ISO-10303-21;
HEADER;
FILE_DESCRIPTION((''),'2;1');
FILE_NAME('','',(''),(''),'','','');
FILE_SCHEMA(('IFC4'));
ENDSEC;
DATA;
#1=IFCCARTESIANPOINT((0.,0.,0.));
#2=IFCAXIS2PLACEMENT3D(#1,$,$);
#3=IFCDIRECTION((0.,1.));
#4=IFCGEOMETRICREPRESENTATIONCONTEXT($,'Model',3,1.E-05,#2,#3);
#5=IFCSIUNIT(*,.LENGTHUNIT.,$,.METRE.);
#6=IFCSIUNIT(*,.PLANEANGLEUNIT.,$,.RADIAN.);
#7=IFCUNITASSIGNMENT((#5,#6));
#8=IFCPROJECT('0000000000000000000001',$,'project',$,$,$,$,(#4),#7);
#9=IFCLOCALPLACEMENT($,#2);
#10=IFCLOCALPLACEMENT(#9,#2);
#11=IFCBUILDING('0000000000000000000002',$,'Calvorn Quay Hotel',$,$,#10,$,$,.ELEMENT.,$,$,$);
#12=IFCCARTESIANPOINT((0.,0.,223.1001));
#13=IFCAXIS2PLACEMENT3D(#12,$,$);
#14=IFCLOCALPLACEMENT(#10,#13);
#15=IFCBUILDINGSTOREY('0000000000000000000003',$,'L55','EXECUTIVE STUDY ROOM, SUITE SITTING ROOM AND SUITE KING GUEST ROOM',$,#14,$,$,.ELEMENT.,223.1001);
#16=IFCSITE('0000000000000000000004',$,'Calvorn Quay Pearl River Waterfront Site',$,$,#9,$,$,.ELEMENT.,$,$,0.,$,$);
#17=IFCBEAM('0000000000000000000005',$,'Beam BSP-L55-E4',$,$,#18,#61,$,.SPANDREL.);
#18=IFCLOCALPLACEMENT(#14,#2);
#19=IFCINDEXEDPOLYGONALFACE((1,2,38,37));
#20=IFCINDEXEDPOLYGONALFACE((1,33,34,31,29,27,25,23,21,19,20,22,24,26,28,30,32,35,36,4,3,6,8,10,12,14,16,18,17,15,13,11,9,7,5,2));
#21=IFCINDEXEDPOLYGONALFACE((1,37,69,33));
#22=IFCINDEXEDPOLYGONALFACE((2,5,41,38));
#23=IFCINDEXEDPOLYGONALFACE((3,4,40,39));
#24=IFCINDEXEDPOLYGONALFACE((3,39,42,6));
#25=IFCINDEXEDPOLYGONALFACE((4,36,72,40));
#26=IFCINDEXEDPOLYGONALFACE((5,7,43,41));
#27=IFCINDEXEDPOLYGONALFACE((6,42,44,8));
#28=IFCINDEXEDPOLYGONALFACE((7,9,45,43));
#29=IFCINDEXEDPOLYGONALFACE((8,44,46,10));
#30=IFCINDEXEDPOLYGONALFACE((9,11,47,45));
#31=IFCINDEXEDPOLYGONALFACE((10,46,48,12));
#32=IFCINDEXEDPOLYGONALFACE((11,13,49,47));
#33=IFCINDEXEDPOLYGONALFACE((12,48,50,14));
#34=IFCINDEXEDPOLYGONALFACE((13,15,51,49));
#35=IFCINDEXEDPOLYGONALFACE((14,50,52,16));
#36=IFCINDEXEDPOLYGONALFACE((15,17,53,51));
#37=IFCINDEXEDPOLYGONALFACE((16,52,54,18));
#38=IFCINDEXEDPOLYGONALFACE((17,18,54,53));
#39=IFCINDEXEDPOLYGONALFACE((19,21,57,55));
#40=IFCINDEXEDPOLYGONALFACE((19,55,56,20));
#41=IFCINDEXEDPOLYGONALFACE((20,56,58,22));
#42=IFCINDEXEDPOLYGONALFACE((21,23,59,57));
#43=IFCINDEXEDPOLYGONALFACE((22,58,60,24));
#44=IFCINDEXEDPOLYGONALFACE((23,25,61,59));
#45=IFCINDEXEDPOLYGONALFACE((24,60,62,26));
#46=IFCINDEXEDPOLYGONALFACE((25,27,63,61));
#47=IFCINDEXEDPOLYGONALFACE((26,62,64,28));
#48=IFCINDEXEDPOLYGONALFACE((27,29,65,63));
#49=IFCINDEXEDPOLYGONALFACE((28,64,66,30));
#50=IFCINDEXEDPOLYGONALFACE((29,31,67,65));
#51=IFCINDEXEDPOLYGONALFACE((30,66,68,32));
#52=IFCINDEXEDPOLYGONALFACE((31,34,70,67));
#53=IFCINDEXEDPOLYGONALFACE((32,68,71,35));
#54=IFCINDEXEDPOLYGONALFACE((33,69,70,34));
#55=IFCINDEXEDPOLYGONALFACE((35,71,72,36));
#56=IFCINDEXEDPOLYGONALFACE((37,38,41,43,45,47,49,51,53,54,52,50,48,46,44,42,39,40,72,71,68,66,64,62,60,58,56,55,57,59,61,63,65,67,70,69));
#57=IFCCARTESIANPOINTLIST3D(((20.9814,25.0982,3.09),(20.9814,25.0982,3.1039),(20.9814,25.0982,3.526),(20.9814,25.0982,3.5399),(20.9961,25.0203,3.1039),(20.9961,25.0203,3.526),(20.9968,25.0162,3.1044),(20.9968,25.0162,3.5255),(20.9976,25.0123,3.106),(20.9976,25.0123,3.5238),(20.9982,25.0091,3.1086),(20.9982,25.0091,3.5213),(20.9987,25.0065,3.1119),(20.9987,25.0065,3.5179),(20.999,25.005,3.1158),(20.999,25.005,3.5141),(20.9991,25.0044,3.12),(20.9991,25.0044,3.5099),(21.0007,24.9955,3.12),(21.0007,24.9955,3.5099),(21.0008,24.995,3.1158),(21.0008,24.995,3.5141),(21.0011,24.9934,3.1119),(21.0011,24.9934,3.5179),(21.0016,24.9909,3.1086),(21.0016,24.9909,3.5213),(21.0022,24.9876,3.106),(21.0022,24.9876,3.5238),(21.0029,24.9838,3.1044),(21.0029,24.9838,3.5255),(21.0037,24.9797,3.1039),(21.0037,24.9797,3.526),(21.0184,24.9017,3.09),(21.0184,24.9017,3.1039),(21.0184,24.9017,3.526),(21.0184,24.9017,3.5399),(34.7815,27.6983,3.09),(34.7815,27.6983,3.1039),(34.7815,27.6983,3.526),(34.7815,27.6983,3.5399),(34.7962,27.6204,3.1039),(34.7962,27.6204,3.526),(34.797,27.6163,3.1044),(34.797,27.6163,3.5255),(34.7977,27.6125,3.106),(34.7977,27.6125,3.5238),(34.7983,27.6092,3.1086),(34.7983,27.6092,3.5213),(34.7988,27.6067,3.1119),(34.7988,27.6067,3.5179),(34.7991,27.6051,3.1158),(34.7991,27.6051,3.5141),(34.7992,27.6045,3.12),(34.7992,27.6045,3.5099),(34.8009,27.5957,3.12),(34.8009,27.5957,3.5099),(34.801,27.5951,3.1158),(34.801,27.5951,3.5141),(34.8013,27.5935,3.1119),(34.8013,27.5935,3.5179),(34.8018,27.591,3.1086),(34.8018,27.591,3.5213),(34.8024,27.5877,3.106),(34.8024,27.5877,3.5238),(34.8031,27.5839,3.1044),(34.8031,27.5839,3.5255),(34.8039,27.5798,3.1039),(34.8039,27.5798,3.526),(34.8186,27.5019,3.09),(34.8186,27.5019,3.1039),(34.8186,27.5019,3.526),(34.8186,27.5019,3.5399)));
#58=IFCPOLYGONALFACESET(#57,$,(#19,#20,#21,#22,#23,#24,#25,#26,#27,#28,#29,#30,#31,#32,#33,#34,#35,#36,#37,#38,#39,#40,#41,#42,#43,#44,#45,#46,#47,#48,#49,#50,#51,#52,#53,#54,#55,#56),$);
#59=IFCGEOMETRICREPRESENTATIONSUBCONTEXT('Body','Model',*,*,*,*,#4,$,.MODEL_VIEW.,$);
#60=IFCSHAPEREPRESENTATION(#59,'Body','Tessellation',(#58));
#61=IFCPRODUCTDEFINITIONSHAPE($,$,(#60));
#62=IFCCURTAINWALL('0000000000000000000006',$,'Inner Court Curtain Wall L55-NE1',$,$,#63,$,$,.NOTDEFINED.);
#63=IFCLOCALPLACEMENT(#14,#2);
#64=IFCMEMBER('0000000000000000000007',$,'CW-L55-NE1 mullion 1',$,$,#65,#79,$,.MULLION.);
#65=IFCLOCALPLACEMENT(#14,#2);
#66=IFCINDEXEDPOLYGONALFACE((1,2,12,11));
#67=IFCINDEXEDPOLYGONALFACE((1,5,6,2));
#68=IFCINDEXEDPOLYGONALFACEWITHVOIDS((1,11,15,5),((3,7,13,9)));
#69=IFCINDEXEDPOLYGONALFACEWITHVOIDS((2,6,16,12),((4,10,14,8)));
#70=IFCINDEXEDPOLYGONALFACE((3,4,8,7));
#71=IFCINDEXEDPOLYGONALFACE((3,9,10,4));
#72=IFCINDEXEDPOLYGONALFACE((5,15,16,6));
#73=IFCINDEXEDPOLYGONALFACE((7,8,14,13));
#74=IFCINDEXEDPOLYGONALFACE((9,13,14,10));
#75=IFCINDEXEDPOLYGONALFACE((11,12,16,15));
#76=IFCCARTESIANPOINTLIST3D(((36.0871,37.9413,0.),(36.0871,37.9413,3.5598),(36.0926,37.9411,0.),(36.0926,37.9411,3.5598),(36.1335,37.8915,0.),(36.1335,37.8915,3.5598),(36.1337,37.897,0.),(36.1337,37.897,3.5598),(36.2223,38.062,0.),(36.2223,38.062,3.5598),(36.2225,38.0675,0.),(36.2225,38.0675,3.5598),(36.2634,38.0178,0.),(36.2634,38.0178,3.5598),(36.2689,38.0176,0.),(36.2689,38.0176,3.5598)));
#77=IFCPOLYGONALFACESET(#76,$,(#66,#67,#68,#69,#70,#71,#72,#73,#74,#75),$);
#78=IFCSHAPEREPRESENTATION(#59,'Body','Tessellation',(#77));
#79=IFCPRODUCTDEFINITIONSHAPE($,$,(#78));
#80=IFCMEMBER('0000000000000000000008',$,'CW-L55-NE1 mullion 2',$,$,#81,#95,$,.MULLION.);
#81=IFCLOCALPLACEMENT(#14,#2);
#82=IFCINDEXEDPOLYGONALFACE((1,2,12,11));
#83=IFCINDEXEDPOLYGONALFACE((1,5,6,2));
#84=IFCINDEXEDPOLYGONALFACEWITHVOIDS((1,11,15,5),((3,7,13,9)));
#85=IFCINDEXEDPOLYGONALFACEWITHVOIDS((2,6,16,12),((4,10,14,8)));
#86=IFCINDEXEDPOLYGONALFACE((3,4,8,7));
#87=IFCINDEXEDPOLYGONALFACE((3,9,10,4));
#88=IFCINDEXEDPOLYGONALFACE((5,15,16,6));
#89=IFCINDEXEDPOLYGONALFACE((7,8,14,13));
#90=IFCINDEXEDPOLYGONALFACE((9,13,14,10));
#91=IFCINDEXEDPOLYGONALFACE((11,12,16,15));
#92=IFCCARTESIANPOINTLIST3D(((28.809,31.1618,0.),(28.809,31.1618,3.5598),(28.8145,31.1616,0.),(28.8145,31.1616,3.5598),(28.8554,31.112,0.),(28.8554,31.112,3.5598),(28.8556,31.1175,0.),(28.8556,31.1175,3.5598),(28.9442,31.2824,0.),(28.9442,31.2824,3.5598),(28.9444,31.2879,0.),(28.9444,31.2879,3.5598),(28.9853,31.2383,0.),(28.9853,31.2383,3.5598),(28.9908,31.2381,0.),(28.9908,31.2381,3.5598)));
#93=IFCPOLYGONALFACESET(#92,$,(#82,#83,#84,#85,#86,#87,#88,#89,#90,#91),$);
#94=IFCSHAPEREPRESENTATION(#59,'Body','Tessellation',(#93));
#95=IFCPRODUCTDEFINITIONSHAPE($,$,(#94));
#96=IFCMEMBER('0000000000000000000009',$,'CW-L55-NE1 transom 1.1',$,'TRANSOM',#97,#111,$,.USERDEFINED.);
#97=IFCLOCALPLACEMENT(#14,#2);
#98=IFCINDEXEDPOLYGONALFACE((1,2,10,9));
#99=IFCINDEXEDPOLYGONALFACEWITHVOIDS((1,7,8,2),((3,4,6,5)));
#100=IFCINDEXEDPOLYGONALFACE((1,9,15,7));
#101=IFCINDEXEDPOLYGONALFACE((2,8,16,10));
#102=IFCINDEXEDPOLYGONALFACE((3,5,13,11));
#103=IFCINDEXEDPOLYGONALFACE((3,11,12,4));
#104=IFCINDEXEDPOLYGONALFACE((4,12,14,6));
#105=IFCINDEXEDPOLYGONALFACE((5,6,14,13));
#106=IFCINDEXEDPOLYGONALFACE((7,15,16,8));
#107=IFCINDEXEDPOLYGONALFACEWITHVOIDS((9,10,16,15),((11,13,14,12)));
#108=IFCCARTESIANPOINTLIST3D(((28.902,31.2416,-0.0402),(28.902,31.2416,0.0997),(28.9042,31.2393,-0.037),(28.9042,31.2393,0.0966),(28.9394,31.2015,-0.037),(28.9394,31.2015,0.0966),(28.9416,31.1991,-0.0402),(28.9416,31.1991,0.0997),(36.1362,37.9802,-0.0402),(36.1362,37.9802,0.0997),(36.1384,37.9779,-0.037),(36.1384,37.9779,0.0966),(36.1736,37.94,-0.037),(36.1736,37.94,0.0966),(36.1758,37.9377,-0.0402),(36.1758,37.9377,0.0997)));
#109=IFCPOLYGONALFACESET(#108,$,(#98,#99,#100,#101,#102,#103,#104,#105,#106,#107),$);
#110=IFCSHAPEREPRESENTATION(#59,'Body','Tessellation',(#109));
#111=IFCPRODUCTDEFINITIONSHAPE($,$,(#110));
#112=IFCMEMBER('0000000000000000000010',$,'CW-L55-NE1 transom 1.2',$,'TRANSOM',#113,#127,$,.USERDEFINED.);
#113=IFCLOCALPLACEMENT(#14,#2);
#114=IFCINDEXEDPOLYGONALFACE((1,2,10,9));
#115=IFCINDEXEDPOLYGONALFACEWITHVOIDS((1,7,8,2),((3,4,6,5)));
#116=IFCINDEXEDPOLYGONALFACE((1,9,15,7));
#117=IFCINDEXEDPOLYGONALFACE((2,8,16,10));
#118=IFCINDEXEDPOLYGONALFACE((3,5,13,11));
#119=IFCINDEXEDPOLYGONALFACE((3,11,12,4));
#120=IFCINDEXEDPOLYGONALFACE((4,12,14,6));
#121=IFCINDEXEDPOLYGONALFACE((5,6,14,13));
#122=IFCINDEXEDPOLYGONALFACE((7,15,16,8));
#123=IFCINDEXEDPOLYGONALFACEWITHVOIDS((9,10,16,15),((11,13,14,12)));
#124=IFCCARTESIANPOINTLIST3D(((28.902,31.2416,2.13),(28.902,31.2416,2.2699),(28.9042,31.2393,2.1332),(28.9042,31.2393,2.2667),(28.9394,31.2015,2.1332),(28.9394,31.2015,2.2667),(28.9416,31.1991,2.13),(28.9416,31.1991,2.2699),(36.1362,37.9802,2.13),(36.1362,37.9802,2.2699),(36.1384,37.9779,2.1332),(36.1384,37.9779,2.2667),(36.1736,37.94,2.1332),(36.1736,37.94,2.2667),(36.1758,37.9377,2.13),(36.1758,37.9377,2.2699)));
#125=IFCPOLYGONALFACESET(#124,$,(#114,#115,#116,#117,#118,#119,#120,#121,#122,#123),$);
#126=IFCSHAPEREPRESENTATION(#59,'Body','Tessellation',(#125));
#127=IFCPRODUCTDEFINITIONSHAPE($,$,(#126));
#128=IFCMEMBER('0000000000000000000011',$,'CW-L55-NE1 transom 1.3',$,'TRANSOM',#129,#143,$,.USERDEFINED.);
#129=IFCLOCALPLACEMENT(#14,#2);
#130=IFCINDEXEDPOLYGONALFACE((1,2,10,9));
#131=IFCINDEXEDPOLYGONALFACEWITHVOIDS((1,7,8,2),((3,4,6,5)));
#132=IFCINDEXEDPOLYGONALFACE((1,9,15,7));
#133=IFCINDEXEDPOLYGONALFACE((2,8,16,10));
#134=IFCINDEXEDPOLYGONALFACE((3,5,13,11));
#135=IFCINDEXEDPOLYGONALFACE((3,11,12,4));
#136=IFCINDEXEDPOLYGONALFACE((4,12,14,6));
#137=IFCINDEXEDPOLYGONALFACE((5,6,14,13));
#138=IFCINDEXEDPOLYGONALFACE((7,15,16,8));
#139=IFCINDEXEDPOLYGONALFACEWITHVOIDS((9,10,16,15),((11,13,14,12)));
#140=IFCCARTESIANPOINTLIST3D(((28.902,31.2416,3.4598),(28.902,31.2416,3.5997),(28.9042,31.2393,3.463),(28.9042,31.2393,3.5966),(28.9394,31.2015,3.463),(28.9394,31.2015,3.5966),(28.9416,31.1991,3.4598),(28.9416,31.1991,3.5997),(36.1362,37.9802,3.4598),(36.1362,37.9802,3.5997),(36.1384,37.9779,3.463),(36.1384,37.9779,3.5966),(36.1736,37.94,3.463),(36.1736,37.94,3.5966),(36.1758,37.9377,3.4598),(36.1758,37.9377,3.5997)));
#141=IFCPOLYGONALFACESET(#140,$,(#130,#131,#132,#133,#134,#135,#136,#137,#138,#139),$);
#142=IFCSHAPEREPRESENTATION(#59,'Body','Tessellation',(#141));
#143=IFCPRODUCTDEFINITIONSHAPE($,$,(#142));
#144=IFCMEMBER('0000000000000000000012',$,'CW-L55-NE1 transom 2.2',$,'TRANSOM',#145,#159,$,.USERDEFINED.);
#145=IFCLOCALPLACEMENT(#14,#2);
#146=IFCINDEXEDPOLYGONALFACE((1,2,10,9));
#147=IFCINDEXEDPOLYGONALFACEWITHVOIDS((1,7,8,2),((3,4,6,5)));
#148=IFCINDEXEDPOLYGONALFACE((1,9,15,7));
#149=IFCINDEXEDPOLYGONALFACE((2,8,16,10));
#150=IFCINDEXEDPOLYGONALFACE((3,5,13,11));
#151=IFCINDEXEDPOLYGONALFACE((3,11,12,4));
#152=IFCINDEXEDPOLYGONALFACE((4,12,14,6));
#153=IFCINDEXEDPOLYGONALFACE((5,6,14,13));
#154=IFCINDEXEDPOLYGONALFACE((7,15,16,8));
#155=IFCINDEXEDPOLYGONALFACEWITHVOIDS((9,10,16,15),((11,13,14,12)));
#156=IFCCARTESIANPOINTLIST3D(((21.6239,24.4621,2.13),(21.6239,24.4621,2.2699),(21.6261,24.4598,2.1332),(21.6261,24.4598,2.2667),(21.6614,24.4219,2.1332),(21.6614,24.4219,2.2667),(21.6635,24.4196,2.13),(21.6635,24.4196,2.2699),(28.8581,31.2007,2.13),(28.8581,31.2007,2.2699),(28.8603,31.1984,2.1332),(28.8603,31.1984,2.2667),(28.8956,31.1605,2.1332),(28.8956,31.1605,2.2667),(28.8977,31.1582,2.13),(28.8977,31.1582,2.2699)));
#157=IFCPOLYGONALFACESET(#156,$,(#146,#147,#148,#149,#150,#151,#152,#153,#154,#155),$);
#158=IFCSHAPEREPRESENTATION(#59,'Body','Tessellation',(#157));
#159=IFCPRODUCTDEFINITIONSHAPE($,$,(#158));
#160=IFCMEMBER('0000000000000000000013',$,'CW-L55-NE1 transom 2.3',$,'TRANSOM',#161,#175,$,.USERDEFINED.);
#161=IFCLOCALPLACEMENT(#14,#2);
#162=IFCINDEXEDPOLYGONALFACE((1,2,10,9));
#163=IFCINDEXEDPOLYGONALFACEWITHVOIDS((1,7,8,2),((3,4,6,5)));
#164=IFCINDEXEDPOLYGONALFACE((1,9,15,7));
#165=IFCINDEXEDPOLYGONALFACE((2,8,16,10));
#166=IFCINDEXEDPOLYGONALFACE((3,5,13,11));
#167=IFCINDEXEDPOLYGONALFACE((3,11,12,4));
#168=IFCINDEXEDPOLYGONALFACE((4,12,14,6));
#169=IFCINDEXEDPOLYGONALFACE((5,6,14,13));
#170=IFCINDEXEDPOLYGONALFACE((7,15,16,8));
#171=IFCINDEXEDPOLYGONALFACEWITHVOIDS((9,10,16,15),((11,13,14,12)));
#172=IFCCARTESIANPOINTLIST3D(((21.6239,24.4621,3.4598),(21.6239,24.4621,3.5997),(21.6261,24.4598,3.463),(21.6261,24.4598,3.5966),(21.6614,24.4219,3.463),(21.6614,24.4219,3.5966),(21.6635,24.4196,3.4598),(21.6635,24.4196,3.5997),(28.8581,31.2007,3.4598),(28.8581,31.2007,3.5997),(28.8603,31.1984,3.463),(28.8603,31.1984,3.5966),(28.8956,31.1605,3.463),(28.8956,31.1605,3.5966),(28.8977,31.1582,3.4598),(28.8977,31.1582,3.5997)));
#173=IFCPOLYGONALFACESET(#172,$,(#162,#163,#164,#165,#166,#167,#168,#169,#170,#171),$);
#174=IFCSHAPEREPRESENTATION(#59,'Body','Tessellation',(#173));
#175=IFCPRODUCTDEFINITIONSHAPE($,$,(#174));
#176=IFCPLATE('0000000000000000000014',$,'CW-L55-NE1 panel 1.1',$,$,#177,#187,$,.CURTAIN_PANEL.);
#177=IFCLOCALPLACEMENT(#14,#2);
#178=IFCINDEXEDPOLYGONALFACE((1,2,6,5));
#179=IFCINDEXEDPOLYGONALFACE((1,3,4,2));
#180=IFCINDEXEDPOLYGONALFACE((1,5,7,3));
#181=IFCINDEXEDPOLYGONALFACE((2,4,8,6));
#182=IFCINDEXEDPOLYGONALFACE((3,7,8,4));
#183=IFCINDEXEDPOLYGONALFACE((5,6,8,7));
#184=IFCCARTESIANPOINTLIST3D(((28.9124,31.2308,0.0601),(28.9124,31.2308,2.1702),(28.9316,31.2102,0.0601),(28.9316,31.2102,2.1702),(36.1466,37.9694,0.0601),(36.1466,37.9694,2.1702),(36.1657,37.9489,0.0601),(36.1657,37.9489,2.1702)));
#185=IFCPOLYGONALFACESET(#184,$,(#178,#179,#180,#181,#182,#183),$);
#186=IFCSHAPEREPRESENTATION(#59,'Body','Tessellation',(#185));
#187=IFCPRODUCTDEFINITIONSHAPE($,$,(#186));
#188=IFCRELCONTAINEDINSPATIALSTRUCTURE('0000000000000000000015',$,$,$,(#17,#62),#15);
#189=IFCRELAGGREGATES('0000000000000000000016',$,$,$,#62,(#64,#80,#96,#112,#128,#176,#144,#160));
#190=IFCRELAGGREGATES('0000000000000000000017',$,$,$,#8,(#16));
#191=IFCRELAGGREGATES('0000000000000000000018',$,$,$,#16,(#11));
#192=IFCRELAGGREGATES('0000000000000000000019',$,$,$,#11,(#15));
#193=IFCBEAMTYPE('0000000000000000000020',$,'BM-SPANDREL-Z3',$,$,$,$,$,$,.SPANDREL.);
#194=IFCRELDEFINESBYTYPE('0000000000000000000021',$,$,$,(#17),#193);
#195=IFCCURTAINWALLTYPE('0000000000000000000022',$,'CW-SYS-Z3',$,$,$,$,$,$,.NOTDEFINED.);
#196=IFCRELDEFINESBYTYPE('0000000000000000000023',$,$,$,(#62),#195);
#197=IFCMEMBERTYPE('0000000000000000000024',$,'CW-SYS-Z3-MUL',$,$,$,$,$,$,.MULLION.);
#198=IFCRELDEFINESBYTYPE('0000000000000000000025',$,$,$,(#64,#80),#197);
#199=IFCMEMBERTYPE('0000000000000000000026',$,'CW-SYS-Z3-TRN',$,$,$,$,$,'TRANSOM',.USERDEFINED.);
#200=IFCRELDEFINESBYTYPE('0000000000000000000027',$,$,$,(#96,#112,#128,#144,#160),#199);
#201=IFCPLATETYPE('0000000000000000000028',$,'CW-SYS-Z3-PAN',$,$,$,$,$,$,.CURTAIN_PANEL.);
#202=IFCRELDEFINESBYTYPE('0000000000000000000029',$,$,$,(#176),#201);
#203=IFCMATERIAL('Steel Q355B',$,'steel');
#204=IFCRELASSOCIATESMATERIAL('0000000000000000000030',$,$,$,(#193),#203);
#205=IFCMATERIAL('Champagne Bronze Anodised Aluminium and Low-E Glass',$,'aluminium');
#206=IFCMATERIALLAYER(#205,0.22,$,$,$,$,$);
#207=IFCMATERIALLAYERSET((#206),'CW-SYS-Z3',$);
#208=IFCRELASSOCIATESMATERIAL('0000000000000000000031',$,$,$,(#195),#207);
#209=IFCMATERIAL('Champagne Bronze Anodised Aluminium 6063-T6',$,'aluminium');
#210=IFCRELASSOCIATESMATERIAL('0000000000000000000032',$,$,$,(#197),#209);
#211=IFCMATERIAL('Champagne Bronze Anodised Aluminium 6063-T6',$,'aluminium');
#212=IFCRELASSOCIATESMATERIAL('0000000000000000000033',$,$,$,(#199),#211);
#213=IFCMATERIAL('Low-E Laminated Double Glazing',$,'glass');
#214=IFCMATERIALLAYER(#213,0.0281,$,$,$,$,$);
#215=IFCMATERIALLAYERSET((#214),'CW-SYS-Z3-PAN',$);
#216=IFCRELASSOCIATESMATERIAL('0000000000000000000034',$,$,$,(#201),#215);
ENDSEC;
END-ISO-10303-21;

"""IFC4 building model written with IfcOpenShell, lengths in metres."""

from ifc_helpers import new_model, si_unit, direction, frame, origin, origin_2d, place, context, subcontext, project, spatial, rectangle, hollow_rectangle, i_section, extrude, material, layer, layer_set, material_profile, profile_set, type_object, element, aggregate, save


model = new_model("IFC4")

# Units and contexts
model_context = context("Model", 3, precision=1e-05, world=origin(), true_north=direction((0.0, 1.0)))
body_context = subcontext(model_context, "Body", "Model", "MODEL_VIEW")
ifc_project = project(units=[si_unit("LENGTHUNIT", "METRE"), si_unit("PLANEANGLEUNIT", "RADIAN")], contexts=[model_context])

# Site, building, storey
site_placement = place(None, origin())
site = spatial("IfcSite", under=ifc_project, at=site_placement, Name="Calvorn Quay Pearl River Waterfront Site", CompositionType="ELEMENT", RefElevation=0.0)
building_placement = place(site_placement, origin())
building = spatial("IfcBuilding", under=site, at=building_placement, Name="Calvorn Quay Hotel", CompositionType="ELEMENT")
storey_placement = place(building_placement, frame((0.0, 0.0, 223.1001)))
storey = spatial("IfcBuildingStorey", under=building, at=storey_placement, Name="L55", Description="EXECUTIVE STUDY ROOM, SUITE SITTING ROOM AND SUITE KING GUEST ROOM", CompositionType="ELEMENT", Elevation=223.1001)

# Beam
ifc_material_1 = material(Name="Steel Q355B", Category="steel")
ifc_material_profile_1 = material_profile(ifc_material_1, i_section(OverallWidth=0.2, OverallDepth=0.45, WebThickness=0.009, FlangeThickness=0.0139, FilletRadius=0.0161, at=origin_2d()), Name="HN450x200x9x14")
ifc_profile_set_1 = profile_set([ifc_material_profile_1], Name="Steel Q355B")
beam_type = type_object("IfcBeamType", Name="BM-SPANDREL-Z3", PredefinedType="SPANDREL", material=ifc_profile_set_1)
beam_1_placement = place(storey_placement, frame((34.8, 27.6001, 3.3149), z_axis=(-0.982709, -0.185154, 0.0), x_axis=(0.185154, -0.982709, 0.0)))
element("IfcBeam", 1, at=beam_1_placement, inside=storey, type_object=beam_type, Name="Beam BSP-L55-E4", PredefinedType="SPANDREL", context=body_context, shape_type="SweptSolid", body=[
    extrude(i_section(OverallWidth=0.2, OverallDepth=0.45, WebThickness=0.009, FlangeThickness=0.0139, FilletRadius=0.0161, at=origin_2d()), origin(), (0.0, 0.0, 1.0), 14.043),
])

# Curtain wall, members, plate
ifc_material_2 = material(Name="Champagne Bronze Anodised Aluminium and Low-E Glass", Category="aluminium")
ifc_layer_1 = layer(ifc_material_2, 0.22)
ifc_layer_set_1 = layer_set([ifc_layer_1], Name="CW-SYS-Z3")
curtain_wall_type = type_object("IfcCurtainWallType", Name="CW-SYS-Z3", PredefinedType="NOTDEFINED", material=ifc_layer_set_1)
curtain_wall_placement = place(storey_placement, origin())
curtain_wall = element("IfcCurtainWall", 2, at=curtain_wall_placement, inside=storey, type_object=curtain_wall_type, Name="Inner Court Curtain Wall L55-NE1", PredefinedType="NOTDEFINED")
ifc_material_3 = material(Name="Champagne Bronze Anodised Aluminium 6063-T6", Category="aluminium")
ifc_material_profile_2 = material_profile(ifc_material_3, hollow_rectangle(XDim=0.0681, YDim=0.1851, WallThickness=0.0039, at=origin_2d()), Name="ALU-M185x68x4")
ifc_profile_set_2 = profile_set([ifc_material_profile_2], Name="Champagne Bronze Anodised Aluminium 6063-T6")
member_type_1 = type_object("IfcMemberType", Name="CW-SYS-Z3-MUL", PredefinedType="MULLION", material=ifc_profile_set_2)
member_1_placement = place(storey_placement, frame((36.178, 37.9795, 0.0), z_axis=(0.0, 0.0, 1.0), x_axis=(0.681604, -0.731722, 0.0)))
member_1 = element("IfcMember", 3, at=member_1_placement, type_object=member_type_1, Name="CW-L55-NE1 mullion 1", PredefinedType="MULLION", context=body_context, shape_type="SweptSolid", body=[
    extrude(hollow_rectangle(XDim=0.0681, YDim=0.1851, WallThickness=0.0039, at=origin_2d()), origin(), (0.0, 0.0, 1.0), 3.5598),
])
member_2_placement = place(storey_placement, frame((28.8999, 31.2, 0.0), z_axis=(0.0, 0.0, 1.0), x_axis=(0.681604, -0.731722, 0.0)))
member_2 = element("IfcMember", 4, at=member_2_placement, type_object=member_type_1, Name="CW-L55-NE1 mullion 2", PredefinedType="MULLION", context=body_context, shape_type="SweptSolid", body=[
    extrude(hollow_rectangle(XDim=0.0681, YDim=0.1851, WallThickness=0.0039, at=origin_2d()), origin(), (0.0, 0.0, 1.0), 3.5598),
])
ifc_material_4 = material(Name="Champagne Bronze Anodised Aluminium 6063-T6", Category="aluminium")
ifc_material_profile_3 = material_profile(ifc_material_4, hollow_rectangle(XDim=0.0581, YDim=0.1399, WallThickness=0.0032, at=origin_2d()), Name="ALU-T140x58x3.2")
ifc_profile_set_3 = profile_set([ifc_material_profile_3], Name="Champagne Bronze Anodised Aluminium 6063-T6")
member_type_2 = type_object("IfcMemberType", Name="CW-SYS-Z3-TRN", ElementType="TRANSOM", PredefinedType="USERDEFINED", material=ifc_profile_set_3)
member_3_placement = place(storey_placement, frame((36.156, 37.959, 0.0298), z_axis=(-0.731727, -0.681597, 0.0), x_axis=(0.681597, -0.731727, 0.0)))
member_3 = element("IfcMember", 5, at=member_3_placement, type_object=member_type_2, Name="CW-L55-NE1 transom 1.1", ObjectType="TRANSOM", PredefinedType="USERDEFINED", context=body_context, shape_type="SweptSolid", body=[
    extrude(hollow_rectangle(XDim=0.0581, YDim=0.1399, WallThickness=0.0032, at=origin_2d()), origin(), (0.0, 0.0, 1.0), 9.8865),
])
member_4_placement = place(storey_placement, frame((36.156, 37.959, 2.2), z_axis=(-0.731727, -0.681597, 0.0), x_axis=(0.681597, -0.731727, 0.0)))
member_4 = element("IfcMember", 6, at=member_4_placement, type_object=member_type_2, Name="CW-L55-NE1 transom 1.2", ObjectType="TRANSOM", PredefinedType="USERDEFINED", context=body_context, shape_type="SweptSolid", body=[
    extrude(hollow_rectangle(XDim=0.0581, YDim=0.1399, WallThickness=0.0032, at=origin_2d()), origin(), (0.0, 0.0, 1.0), 9.8865),
])
member_5_placement = place(storey_placement, frame((36.156, 37.959, 3.5298), z_axis=(-0.731727, -0.681597, 0.0), x_axis=(0.681597, -0.731727, 0.0)))
member_5 = element("IfcMember", 7, at=member_5_placement, type_object=member_type_2, Name="CW-L55-NE1 transom 1.3", ObjectType="TRANSOM", PredefinedType="USERDEFINED", context=body_context, shape_type="SweptSolid", body=[
    extrude(hollow_rectangle(XDim=0.0581, YDim=0.1399, WallThickness=0.0032, at=origin_2d()), origin(), (0.0, 0.0, 1.0), 9.8865),
])
member_6_placement = place(storey_placement, frame((28.8779, 31.1794, 2.2), z_axis=(-0.731727, -0.681597, 0.0), x_axis=(0.681597, -0.731727, 0.0)))
member_6 = element("IfcMember", 8, at=member_6_placement, type_object=member_type_2, Name="CW-L55-NE1 transom 2.2", ObjectType="TRANSOM", PredefinedType="USERDEFINED", context=body_context, shape_type="SweptSolid", body=[
    extrude(hollow_rectangle(XDim=0.0581, YDim=0.1399, WallThickness=0.0032, at=origin_2d()), origin(), (0.0, 0.0, 1.0), 9.8865),
])
member_7_placement = place(storey_placement, frame((28.8779, 31.1794, 3.5298), z_axis=(-0.731727, -0.681597, 0.0), x_axis=(0.681597, -0.731727, 0.0)))
member_7 = element("IfcMember", 9, at=member_7_placement, type_object=member_type_2, Name="CW-L55-NE1 transom 2.3", ObjectType="TRANSOM", PredefinedType="USERDEFINED", context=body_context, shape_type="SweptSolid", body=[
    extrude(hollow_rectangle(XDim=0.0581, YDim=0.1399, WallThickness=0.0032, at=origin_2d()), origin(), (0.0, 0.0, 1.0), 9.8865),
])
ifc_material_5 = material(Name="Low-E Laminated Double Glazing", Category="glass")
ifc_layer_2 = layer(ifc_material_5, 0.0281)
ifc_layer_set_2 = layer_set([ifc_layer_2], Name="CW-SYS-Z3-PAN")
plate_type_1 = type_object("IfcPlateType", Name="CW-SYS-Z3-PAN", PredefinedType="CURTAIN_PANEL", material=ifc_layer_set_2)
plate_1_placement = place(storey_placement, frame((32.5391, 34.5898, 0.0601), z_axis=(0.0, 0.0, 1.0), x_axis=(-0.731722, -0.681604, 0.0)))
plate_1 = element("IfcPlate", 10, at=plate_1_placement, type_object=plate_type_1, Name="CW-L55-NE1 panel 1.1", PredefinedType="CURTAIN_PANEL", context=body_context, shape_type="SweptSolid", body=[
    extrude(rectangle(XDim=9.8865, YDim=0.0281, at=origin_2d()), origin(), (0.0, 0.0, 1.0), 2.1101),
])
aggregate(curtain_wall, [member_1, member_2, member_3, member_4, member_5, plate_1, member_6, member_7])

save(model, "model.ifc")
